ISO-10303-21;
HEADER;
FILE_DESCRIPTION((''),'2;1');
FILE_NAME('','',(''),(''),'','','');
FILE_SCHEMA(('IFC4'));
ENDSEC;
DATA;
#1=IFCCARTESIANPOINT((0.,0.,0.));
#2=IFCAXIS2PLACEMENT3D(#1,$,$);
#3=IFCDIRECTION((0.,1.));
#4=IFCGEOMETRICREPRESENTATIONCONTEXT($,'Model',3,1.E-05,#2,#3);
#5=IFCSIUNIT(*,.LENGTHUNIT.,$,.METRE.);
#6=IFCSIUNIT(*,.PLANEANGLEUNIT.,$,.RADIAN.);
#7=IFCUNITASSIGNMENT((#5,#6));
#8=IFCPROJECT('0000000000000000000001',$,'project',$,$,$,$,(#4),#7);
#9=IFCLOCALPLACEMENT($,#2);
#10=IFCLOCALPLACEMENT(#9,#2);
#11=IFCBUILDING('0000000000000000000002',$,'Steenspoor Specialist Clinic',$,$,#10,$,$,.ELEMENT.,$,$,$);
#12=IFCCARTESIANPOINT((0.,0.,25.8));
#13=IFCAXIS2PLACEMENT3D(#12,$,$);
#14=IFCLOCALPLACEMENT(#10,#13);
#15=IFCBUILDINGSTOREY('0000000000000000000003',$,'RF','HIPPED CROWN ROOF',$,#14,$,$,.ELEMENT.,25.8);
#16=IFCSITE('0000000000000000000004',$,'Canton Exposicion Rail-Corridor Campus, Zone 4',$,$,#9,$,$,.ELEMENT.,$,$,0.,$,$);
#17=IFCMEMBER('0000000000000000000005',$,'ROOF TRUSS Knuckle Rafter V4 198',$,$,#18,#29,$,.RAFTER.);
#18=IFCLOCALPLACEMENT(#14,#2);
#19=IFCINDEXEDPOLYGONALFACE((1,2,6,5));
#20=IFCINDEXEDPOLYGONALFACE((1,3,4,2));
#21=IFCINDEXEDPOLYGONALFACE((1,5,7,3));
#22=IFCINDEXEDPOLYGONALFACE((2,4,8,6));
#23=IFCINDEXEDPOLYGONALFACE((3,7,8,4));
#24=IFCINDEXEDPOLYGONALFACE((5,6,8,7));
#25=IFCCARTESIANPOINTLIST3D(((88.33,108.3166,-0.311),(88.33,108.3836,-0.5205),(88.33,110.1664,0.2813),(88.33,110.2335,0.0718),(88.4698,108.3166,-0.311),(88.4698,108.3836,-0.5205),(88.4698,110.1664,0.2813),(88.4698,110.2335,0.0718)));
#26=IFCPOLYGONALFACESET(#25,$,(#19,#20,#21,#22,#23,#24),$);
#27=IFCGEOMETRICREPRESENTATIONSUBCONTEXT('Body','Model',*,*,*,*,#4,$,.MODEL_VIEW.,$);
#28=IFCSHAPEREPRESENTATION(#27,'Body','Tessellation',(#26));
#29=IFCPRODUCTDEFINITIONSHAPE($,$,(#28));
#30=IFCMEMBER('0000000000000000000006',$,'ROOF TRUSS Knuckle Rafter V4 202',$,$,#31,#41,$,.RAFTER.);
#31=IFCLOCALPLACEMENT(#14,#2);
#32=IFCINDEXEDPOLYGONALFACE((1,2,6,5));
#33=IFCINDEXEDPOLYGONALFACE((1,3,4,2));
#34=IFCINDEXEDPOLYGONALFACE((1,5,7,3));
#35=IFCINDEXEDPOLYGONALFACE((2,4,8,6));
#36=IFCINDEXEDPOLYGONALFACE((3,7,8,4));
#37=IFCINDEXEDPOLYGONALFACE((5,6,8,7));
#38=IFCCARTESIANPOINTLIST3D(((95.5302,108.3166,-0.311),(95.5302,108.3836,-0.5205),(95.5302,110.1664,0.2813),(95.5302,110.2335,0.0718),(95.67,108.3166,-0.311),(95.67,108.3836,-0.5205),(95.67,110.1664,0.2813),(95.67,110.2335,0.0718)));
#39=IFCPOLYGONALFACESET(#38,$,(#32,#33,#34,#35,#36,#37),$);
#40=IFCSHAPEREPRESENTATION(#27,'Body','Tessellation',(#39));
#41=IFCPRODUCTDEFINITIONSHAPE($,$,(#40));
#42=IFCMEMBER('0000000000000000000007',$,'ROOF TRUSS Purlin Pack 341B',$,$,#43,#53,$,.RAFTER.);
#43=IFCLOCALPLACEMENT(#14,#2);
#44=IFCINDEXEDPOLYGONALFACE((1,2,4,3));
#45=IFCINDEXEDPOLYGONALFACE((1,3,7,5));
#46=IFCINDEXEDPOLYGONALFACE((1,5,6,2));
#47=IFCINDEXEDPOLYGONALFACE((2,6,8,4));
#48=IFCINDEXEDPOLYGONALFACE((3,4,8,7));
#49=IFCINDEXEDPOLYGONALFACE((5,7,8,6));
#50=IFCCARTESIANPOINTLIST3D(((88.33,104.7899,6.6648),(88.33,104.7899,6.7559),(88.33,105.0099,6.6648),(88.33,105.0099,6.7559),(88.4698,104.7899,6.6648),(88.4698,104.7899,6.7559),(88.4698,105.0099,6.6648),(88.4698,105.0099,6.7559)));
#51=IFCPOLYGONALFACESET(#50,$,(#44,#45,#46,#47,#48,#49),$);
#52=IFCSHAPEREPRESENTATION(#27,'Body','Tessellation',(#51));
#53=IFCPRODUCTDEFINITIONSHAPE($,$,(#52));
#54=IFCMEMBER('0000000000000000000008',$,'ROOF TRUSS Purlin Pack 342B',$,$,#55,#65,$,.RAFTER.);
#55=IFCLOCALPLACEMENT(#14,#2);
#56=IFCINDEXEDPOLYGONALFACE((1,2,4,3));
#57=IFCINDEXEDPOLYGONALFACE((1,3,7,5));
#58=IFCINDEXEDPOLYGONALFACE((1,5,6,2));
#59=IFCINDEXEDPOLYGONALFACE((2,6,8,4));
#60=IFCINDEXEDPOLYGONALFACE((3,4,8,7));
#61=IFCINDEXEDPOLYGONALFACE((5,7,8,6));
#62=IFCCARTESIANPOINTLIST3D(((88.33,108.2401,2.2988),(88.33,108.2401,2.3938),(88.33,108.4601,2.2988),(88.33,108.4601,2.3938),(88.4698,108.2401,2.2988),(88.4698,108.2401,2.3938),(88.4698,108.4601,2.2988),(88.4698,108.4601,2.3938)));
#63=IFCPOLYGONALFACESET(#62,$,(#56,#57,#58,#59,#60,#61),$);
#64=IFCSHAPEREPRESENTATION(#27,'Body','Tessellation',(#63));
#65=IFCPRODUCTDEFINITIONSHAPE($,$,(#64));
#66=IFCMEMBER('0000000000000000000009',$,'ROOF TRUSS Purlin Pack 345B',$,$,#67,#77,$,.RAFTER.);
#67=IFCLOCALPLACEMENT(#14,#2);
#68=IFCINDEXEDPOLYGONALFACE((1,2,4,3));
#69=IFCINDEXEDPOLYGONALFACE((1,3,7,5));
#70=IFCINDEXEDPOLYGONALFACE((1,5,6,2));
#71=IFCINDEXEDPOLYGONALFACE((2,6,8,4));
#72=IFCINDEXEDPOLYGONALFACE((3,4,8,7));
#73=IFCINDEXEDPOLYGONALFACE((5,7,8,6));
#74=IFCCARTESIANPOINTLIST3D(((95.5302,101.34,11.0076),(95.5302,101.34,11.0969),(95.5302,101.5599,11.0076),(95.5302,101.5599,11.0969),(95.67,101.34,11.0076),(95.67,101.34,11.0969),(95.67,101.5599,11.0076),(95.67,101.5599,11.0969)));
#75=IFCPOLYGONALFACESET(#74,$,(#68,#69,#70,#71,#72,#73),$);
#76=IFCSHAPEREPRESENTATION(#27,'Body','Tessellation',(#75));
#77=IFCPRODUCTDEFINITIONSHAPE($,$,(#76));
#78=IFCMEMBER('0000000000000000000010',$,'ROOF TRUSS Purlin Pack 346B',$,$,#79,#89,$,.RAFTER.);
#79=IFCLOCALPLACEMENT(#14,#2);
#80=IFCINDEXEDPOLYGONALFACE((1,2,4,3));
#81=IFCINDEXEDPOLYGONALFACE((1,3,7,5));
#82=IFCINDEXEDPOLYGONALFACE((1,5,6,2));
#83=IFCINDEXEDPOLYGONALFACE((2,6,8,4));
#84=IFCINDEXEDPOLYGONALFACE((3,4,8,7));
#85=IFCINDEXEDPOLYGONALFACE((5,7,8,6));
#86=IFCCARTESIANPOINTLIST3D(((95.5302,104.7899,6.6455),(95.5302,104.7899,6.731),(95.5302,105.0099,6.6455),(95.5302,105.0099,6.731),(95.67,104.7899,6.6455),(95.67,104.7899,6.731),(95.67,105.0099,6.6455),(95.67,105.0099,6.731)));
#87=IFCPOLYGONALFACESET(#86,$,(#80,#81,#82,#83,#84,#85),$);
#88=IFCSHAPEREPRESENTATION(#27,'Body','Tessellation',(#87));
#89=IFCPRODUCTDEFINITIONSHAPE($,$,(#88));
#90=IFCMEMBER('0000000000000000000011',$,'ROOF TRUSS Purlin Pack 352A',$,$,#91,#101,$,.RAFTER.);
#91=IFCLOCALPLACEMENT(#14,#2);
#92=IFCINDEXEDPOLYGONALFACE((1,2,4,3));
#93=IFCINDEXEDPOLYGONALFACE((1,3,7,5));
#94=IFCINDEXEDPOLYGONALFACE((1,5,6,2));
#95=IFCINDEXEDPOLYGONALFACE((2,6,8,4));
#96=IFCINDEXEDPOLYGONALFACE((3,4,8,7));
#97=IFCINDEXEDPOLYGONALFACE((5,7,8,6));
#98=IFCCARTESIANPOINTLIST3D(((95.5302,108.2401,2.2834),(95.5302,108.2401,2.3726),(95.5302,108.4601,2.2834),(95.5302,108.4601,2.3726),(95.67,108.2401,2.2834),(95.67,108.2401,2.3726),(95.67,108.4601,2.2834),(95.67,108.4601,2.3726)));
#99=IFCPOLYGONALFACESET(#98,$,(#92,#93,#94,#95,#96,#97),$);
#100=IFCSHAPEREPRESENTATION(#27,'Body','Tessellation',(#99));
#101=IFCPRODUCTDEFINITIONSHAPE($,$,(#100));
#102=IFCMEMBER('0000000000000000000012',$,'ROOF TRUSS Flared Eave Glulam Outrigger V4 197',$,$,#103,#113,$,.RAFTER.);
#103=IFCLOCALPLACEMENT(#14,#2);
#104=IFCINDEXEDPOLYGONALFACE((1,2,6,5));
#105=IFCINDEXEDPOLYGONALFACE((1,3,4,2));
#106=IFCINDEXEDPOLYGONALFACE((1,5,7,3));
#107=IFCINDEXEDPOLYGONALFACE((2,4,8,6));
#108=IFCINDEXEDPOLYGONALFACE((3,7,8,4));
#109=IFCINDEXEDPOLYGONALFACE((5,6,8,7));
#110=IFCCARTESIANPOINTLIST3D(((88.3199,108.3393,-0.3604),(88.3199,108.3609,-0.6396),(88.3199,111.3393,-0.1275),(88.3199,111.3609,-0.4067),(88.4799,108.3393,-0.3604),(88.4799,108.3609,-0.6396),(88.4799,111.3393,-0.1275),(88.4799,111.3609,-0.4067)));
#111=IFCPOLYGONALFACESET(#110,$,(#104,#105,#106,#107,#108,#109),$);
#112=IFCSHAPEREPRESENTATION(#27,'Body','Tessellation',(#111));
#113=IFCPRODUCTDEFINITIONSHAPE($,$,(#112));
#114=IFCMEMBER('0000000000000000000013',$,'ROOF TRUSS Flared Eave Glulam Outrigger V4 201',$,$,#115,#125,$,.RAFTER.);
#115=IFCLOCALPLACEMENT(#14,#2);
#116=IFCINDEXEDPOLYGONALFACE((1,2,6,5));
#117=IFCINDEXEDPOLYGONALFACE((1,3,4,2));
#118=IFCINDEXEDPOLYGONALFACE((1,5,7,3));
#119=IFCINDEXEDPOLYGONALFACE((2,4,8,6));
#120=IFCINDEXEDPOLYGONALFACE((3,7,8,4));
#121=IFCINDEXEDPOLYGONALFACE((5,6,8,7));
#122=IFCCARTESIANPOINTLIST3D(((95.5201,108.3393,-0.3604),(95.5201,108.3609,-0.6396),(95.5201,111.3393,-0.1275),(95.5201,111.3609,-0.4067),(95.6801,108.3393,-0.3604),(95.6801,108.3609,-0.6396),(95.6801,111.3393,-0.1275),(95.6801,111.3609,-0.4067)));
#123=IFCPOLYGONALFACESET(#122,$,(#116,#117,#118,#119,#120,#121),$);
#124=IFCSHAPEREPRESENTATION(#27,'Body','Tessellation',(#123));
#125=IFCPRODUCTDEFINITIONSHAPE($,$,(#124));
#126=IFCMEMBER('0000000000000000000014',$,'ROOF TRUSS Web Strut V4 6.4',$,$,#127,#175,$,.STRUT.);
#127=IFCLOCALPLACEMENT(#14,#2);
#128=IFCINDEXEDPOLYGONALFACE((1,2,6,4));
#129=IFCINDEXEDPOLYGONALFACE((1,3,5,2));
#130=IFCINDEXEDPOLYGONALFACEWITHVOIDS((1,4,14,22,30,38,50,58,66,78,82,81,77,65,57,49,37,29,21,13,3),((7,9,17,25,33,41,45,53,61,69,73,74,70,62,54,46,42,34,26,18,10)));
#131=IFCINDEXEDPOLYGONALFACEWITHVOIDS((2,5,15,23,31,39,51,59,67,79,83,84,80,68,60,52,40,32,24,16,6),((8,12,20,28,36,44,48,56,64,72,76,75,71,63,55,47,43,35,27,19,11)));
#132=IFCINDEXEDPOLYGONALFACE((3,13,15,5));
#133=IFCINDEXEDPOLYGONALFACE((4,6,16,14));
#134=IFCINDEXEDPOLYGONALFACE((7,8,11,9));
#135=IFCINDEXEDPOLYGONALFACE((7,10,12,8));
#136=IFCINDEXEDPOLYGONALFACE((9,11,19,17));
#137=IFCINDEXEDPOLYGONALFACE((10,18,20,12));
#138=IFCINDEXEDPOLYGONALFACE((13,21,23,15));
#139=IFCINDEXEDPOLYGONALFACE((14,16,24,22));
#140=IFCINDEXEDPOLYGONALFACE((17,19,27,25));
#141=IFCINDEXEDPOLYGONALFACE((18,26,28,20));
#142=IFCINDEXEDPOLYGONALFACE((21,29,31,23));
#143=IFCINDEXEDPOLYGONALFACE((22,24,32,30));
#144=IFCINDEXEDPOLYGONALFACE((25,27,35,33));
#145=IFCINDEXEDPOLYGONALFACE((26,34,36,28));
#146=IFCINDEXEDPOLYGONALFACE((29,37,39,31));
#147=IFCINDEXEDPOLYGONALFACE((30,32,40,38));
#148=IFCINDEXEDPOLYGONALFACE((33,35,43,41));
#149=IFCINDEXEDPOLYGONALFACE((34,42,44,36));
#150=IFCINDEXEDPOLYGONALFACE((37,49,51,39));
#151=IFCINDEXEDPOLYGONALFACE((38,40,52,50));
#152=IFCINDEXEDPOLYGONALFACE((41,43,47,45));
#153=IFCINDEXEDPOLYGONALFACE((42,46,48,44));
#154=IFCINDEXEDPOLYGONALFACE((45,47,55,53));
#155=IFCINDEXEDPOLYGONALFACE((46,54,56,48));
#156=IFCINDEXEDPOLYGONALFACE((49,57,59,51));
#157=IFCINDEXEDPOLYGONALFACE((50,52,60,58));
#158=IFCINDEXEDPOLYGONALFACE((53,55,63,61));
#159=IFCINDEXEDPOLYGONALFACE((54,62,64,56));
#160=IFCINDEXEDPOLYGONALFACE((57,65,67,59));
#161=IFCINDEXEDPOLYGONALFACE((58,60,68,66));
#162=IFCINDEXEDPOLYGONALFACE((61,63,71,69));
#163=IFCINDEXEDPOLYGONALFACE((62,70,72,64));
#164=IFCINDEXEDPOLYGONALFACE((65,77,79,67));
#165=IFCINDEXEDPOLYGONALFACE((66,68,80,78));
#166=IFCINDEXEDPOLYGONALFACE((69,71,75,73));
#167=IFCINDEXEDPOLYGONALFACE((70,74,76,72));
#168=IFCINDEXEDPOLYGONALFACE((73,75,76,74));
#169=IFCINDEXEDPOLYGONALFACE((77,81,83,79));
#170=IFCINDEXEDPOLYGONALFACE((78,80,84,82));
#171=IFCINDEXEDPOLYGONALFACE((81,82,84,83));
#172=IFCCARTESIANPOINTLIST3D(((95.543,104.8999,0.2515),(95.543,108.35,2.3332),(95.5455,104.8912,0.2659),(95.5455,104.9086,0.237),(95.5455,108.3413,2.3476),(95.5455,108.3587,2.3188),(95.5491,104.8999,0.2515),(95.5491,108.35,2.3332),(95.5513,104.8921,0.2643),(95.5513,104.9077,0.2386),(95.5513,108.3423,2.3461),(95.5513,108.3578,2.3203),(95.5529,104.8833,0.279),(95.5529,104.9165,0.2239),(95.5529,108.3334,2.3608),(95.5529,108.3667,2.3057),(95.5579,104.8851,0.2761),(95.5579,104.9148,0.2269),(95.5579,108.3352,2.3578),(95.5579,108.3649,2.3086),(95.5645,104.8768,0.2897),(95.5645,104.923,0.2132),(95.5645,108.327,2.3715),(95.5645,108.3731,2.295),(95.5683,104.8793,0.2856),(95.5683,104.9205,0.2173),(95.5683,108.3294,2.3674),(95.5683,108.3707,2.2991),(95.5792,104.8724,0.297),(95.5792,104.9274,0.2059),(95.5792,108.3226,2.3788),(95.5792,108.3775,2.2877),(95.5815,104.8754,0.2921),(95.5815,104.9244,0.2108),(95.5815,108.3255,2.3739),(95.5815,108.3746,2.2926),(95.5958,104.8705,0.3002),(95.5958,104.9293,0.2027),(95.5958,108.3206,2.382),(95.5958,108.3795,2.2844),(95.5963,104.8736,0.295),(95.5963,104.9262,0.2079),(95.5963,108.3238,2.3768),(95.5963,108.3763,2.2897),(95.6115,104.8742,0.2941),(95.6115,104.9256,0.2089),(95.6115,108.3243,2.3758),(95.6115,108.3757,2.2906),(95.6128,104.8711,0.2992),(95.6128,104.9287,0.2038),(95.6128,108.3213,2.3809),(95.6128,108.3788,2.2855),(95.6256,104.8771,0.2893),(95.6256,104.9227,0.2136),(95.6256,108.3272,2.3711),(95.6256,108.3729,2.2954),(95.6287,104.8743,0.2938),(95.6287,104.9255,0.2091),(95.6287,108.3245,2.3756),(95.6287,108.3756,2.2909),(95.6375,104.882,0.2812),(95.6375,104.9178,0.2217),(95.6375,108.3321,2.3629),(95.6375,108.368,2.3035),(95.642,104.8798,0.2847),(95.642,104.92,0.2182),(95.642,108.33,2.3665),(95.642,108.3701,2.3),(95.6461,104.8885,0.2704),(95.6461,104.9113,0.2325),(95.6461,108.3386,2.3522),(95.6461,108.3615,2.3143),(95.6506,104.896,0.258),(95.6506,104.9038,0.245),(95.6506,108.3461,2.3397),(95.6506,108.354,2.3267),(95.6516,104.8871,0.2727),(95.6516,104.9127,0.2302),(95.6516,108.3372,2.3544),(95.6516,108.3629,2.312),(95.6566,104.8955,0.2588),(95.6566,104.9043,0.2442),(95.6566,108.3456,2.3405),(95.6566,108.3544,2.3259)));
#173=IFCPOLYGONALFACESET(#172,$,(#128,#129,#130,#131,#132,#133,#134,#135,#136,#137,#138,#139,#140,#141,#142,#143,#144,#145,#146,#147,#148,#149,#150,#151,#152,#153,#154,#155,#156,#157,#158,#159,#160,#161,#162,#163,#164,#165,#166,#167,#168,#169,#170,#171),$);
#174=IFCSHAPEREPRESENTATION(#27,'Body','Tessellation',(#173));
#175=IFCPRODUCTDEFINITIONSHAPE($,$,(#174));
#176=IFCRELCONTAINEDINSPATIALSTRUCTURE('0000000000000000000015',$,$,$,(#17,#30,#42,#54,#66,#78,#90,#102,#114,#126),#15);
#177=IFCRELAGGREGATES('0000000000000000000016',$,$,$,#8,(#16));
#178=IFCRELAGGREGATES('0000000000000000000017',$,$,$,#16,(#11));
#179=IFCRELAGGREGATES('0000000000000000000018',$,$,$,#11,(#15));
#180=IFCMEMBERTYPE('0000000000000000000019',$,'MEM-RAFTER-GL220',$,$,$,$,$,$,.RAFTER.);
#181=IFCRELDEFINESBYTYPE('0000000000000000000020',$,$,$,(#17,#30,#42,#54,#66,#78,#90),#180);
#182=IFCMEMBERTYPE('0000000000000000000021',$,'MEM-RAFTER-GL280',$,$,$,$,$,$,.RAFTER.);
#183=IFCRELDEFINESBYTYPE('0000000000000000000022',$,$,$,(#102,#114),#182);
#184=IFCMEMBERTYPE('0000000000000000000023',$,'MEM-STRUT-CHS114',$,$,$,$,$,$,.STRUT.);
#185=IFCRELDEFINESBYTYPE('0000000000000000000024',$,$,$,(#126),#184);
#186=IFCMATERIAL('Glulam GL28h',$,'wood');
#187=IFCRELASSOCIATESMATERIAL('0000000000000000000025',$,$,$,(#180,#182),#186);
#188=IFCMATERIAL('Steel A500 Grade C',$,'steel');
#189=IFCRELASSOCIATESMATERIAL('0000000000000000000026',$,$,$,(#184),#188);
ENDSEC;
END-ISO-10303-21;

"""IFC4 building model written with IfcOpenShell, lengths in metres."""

from ifc_helpers import new_model, si_unit, direction, frame, origin, origin_2d, place, context, subcontext, project, spatial, rectangle, hollow_circle, extrude, material, material_profile, profile_set, type_object, element, save


model = new_model("IFC4")

# Units and contexts
model_context = context("Model", 3, precision=1e-05, world=origin(), true_north=direction((0.0, 1.0)))
body_context = subcontext(model_context, "Body", "Model", "MODEL_VIEW")
ifc_project = project(units=[si_unit("LENGTHUNIT", "METRE"), si_unit("PLANEANGLEUNIT", "RADIAN")], contexts=[model_context])

# Site, building, storey
site_placement = place(None, origin())
site = spatial("IfcSite", under=ifc_project, at=site_placement, Name="Canton Exposicion Rail-Corridor Campus, Zone 4", CompositionType="ELEMENT", RefElevation=0.0)
building_placement = place(site_placement, origin())
building = spatial("IfcBuilding", under=site, at=building_placement, Name="Steenspoor Specialist Clinic", CompositionType="ELEMENT")
storey_placement = place(building_placement, frame((0.0, 0.0, 25.8)))
storey = spatial("IfcBuildingStorey", under=building, at=storey_placement, Name="RF", Description="HIPPED CROWN ROOF", CompositionType="ELEMENT", Elevation=25.8)

# Members
ifc_material_1 = material(Name="Steel A500 Grade C", Category="steel")
ifc_material_2 = material(Name="Glulam GL28h", Category="wood")
ifc_material_profile_1 = material_profile(ifc_material_2, rectangle(XDim=0.1399, YDim=0.22, at=origin_2d()), Name="GL28H-140X220")
ifc_profile_set_1 = profile_set([ifc_material_profile_1], Name="Glulam GL28h")
member_type_1 = type_object("IfcMemberType", Name="MEM-RAFTER-GL220", PredefinedType="RAFTER", material=ifc_profile_set_1)
for number, where, z_axis, x_axis, name in (
    (1, (88.3999, 108.3501, -0.4158), (0.0, 0.952375, 0.304931), (-1.0, 0.0, 0.0), "ROOF TRUSS Knuckle Rafter V4 198"),
    (2, (95.6001, 108.3501, -0.4158), (0.0, 0.952375, 0.304931), (-1.0, 0.0, 0.0), "ROOF TRUSS Knuckle Rafter V4 202"),
):
    element("IfcMember", number, at=place(storey_placement, frame(where, z_axis=z_axis, x_axis=x_axis)), inside=storey, type_object=member_type_1, Name=name, PredefinedType="RAFTER", context=body_context, shape_type="SweptSolid", body=[
        extrude(rectangle(XDim=0.1399, YDim=0.22, at=origin_2d()), origin(), (0.0, 0.0, 1.0), 1.9424),
    ])
member_1_placement = place(storey_placement, frame((88.3999, 104.8999, 6.6648), z_axis=(0.0, 0.0, 1.0), x_axis=(1.0, 0.0, 0.0)))
element("IfcMember", 3, at=member_1_placement, inside=storey, type_object=member_type_1, Name="ROOF TRUSS Purlin Pack 341B", PredefinedType="RAFTER", context=body_context, shape_type="SweptSolid", body=[
    extrude(rectangle(XDim=0.1399, YDim=0.22, at=origin_2d()), origin(), (0.0, 0.0, 1.0), 0.0911),
])
member_2_placement = place(storey_placement, frame((88.3999, 108.3501, 2.2988), z_axis=(0.0, 0.0, 1.0), x_axis=(1.0, 0.0, 0.0)))
element("IfcMember", 4, at=member_2_placement, inside=storey, type_object=member_type_1, Name="ROOF TRUSS Purlin Pack 342B", PredefinedType="RAFTER", context=body_context, shape_type="SweptSolid", body=[
    extrude(rectangle(XDim=0.1399, YDim=0.22, at=origin_2d()), origin(), (0.0, 0.0, 1.0), 0.095),
])
member_3_placement = place(storey_placement, frame((95.6001, 101.45, 11.0076), z_axis=(0.0, 0.0, 1.0), x_axis=(1.0, 0.0, 0.0)))
element("IfcMember", 5, at=member_3_placement, inside=storey, type_object=member_type_1, Name="ROOF TRUSS Purlin Pack 345B", PredefinedType="RAFTER", context=body_context, shape_type="SweptSolid", body=[
    extrude(rectangle(XDim=0.1399, YDim=0.22, at=origin_2d()), origin(), (0.0, 0.0, 1.0), 0.0894),
])
member_4_placement = place(storey_placement, frame((95.6001, 104.8999, 6.6455), z_axis=(0.0, 0.0, 1.0), x_axis=(1.0, 0.0, 0.0)))
element("IfcMember", 6, at=member_4_placement, inside=storey, type_object=member_type_1, Name="ROOF TRUSS Purlin Pack 346B", PredefinedType="RAFTER", context=body_context, shape_type="SweptSolid", body=[
    extrude(rectangle(XDim=0.1399, YDim=0.22, at=origin_2d()), origin(), (0.0, 0.0, 1.0), 0.0854),
])
member_5_placement = place(storey_placement, frame((95.6001, 108.3501, 2.2834), z_axis=(0.0, 0.0, 1.0), x_axis=(1.0, 0.0, 0.0)))
element("IfcMember", 7, at=member_5_placement, inside=storey, type_object=member_type_1, Name="ROOF TRUSS Purlin Pack 352A", PredefinedType="RAFTER", context=body_context, shape_type="SweptSolid", body=[
    extrude(rectangle(XDim=0.1399, YDim=0.22, at=origin_2d()), origin(), (0.0, 0.0, 1.0), 0.0891),
])
ifc_material_profile_2 = material_profile(ifc_material_2, rectangle(XDim=0.1599, YDim=0.28, at=origin_2d()), Name="GL28H-160X280")
ifc_profile_set_2 = profile_set([ifc_material_profile_2], Name="Glulam GL28h")
member_type_2 = type_object("IfcMemberType", Name="MEM-RAFTER-GL280", PredefinedType="RAFTER", material=ifc_profile_set_2)
for number, where, z_axis, x_axis, name in (
    (8, (88.3999, 108.3501, -0.5), (0.0, 0.997, 0.077404), (-1.0, 0.0, 0.0), "ROOF TRUSS Flared Eave Glulam Outrigger V4 197"),
    (9, (95.6001, 108.3501, -0.5), (0.0, 0.997, 0.077404), (-1.0, 0.0, 0.0), "ROOF TRUSS Flared Eave Glulam Outrigger V4 201"),
):
    element("IfcMember", number, at=place(storey_placement, frame(where, z_axis=z_axis, x_axis=x_axis)), inside=storey, type_object=member_type_2, Name=name, PredefinedType="RAFTER", context=body_context, shape_type="SweptSolid", body=[
        extrude(rectangle(XDim=0.1599, YDim=0.28, at=origin_2d()), origin(), (0.0, 0.0, 1.0), 3.009),
    ])
ifc_material_profile_3 = material_profile(ifc_material_1, hollow_circle(Radius=0.0571, WallThickness=0.0061, at=origin_2d()), Name="CHS114X6.0")
ifc_profile_set_3 = profile_set([ifc_material_profile_3], Name="Steel A500 Grade C")
member_type_3 = type_object("IfcMemberType", Name="MEM-STRUT-CHS114", PredefinedType="STRUT", material=ifc_profile_set_3)
member_6_placement = place(storey_placement, frame((95.6001, 104.8999, 0.2515), z_axis=(0.0, 0.856213, 0.516624), x_axis=(-1.0, 0.0, 0.0)))
element("IfcMember", 10, at=member_6_placement, inside=storey, type_object=member_type_3, Name="ROOF TRUSS Web Strut V4 6.4", PredefinedType="STRUT", context=body_context, shape_type="SweptSolid", body=[
    extrude(hollow_circle(Radius=0.0571, WallThickness=0.0061, at=origin_2d()), origin(), (0.0, 0.0, 1.0), 4.0295),
])

save(model, "model.ifc")
